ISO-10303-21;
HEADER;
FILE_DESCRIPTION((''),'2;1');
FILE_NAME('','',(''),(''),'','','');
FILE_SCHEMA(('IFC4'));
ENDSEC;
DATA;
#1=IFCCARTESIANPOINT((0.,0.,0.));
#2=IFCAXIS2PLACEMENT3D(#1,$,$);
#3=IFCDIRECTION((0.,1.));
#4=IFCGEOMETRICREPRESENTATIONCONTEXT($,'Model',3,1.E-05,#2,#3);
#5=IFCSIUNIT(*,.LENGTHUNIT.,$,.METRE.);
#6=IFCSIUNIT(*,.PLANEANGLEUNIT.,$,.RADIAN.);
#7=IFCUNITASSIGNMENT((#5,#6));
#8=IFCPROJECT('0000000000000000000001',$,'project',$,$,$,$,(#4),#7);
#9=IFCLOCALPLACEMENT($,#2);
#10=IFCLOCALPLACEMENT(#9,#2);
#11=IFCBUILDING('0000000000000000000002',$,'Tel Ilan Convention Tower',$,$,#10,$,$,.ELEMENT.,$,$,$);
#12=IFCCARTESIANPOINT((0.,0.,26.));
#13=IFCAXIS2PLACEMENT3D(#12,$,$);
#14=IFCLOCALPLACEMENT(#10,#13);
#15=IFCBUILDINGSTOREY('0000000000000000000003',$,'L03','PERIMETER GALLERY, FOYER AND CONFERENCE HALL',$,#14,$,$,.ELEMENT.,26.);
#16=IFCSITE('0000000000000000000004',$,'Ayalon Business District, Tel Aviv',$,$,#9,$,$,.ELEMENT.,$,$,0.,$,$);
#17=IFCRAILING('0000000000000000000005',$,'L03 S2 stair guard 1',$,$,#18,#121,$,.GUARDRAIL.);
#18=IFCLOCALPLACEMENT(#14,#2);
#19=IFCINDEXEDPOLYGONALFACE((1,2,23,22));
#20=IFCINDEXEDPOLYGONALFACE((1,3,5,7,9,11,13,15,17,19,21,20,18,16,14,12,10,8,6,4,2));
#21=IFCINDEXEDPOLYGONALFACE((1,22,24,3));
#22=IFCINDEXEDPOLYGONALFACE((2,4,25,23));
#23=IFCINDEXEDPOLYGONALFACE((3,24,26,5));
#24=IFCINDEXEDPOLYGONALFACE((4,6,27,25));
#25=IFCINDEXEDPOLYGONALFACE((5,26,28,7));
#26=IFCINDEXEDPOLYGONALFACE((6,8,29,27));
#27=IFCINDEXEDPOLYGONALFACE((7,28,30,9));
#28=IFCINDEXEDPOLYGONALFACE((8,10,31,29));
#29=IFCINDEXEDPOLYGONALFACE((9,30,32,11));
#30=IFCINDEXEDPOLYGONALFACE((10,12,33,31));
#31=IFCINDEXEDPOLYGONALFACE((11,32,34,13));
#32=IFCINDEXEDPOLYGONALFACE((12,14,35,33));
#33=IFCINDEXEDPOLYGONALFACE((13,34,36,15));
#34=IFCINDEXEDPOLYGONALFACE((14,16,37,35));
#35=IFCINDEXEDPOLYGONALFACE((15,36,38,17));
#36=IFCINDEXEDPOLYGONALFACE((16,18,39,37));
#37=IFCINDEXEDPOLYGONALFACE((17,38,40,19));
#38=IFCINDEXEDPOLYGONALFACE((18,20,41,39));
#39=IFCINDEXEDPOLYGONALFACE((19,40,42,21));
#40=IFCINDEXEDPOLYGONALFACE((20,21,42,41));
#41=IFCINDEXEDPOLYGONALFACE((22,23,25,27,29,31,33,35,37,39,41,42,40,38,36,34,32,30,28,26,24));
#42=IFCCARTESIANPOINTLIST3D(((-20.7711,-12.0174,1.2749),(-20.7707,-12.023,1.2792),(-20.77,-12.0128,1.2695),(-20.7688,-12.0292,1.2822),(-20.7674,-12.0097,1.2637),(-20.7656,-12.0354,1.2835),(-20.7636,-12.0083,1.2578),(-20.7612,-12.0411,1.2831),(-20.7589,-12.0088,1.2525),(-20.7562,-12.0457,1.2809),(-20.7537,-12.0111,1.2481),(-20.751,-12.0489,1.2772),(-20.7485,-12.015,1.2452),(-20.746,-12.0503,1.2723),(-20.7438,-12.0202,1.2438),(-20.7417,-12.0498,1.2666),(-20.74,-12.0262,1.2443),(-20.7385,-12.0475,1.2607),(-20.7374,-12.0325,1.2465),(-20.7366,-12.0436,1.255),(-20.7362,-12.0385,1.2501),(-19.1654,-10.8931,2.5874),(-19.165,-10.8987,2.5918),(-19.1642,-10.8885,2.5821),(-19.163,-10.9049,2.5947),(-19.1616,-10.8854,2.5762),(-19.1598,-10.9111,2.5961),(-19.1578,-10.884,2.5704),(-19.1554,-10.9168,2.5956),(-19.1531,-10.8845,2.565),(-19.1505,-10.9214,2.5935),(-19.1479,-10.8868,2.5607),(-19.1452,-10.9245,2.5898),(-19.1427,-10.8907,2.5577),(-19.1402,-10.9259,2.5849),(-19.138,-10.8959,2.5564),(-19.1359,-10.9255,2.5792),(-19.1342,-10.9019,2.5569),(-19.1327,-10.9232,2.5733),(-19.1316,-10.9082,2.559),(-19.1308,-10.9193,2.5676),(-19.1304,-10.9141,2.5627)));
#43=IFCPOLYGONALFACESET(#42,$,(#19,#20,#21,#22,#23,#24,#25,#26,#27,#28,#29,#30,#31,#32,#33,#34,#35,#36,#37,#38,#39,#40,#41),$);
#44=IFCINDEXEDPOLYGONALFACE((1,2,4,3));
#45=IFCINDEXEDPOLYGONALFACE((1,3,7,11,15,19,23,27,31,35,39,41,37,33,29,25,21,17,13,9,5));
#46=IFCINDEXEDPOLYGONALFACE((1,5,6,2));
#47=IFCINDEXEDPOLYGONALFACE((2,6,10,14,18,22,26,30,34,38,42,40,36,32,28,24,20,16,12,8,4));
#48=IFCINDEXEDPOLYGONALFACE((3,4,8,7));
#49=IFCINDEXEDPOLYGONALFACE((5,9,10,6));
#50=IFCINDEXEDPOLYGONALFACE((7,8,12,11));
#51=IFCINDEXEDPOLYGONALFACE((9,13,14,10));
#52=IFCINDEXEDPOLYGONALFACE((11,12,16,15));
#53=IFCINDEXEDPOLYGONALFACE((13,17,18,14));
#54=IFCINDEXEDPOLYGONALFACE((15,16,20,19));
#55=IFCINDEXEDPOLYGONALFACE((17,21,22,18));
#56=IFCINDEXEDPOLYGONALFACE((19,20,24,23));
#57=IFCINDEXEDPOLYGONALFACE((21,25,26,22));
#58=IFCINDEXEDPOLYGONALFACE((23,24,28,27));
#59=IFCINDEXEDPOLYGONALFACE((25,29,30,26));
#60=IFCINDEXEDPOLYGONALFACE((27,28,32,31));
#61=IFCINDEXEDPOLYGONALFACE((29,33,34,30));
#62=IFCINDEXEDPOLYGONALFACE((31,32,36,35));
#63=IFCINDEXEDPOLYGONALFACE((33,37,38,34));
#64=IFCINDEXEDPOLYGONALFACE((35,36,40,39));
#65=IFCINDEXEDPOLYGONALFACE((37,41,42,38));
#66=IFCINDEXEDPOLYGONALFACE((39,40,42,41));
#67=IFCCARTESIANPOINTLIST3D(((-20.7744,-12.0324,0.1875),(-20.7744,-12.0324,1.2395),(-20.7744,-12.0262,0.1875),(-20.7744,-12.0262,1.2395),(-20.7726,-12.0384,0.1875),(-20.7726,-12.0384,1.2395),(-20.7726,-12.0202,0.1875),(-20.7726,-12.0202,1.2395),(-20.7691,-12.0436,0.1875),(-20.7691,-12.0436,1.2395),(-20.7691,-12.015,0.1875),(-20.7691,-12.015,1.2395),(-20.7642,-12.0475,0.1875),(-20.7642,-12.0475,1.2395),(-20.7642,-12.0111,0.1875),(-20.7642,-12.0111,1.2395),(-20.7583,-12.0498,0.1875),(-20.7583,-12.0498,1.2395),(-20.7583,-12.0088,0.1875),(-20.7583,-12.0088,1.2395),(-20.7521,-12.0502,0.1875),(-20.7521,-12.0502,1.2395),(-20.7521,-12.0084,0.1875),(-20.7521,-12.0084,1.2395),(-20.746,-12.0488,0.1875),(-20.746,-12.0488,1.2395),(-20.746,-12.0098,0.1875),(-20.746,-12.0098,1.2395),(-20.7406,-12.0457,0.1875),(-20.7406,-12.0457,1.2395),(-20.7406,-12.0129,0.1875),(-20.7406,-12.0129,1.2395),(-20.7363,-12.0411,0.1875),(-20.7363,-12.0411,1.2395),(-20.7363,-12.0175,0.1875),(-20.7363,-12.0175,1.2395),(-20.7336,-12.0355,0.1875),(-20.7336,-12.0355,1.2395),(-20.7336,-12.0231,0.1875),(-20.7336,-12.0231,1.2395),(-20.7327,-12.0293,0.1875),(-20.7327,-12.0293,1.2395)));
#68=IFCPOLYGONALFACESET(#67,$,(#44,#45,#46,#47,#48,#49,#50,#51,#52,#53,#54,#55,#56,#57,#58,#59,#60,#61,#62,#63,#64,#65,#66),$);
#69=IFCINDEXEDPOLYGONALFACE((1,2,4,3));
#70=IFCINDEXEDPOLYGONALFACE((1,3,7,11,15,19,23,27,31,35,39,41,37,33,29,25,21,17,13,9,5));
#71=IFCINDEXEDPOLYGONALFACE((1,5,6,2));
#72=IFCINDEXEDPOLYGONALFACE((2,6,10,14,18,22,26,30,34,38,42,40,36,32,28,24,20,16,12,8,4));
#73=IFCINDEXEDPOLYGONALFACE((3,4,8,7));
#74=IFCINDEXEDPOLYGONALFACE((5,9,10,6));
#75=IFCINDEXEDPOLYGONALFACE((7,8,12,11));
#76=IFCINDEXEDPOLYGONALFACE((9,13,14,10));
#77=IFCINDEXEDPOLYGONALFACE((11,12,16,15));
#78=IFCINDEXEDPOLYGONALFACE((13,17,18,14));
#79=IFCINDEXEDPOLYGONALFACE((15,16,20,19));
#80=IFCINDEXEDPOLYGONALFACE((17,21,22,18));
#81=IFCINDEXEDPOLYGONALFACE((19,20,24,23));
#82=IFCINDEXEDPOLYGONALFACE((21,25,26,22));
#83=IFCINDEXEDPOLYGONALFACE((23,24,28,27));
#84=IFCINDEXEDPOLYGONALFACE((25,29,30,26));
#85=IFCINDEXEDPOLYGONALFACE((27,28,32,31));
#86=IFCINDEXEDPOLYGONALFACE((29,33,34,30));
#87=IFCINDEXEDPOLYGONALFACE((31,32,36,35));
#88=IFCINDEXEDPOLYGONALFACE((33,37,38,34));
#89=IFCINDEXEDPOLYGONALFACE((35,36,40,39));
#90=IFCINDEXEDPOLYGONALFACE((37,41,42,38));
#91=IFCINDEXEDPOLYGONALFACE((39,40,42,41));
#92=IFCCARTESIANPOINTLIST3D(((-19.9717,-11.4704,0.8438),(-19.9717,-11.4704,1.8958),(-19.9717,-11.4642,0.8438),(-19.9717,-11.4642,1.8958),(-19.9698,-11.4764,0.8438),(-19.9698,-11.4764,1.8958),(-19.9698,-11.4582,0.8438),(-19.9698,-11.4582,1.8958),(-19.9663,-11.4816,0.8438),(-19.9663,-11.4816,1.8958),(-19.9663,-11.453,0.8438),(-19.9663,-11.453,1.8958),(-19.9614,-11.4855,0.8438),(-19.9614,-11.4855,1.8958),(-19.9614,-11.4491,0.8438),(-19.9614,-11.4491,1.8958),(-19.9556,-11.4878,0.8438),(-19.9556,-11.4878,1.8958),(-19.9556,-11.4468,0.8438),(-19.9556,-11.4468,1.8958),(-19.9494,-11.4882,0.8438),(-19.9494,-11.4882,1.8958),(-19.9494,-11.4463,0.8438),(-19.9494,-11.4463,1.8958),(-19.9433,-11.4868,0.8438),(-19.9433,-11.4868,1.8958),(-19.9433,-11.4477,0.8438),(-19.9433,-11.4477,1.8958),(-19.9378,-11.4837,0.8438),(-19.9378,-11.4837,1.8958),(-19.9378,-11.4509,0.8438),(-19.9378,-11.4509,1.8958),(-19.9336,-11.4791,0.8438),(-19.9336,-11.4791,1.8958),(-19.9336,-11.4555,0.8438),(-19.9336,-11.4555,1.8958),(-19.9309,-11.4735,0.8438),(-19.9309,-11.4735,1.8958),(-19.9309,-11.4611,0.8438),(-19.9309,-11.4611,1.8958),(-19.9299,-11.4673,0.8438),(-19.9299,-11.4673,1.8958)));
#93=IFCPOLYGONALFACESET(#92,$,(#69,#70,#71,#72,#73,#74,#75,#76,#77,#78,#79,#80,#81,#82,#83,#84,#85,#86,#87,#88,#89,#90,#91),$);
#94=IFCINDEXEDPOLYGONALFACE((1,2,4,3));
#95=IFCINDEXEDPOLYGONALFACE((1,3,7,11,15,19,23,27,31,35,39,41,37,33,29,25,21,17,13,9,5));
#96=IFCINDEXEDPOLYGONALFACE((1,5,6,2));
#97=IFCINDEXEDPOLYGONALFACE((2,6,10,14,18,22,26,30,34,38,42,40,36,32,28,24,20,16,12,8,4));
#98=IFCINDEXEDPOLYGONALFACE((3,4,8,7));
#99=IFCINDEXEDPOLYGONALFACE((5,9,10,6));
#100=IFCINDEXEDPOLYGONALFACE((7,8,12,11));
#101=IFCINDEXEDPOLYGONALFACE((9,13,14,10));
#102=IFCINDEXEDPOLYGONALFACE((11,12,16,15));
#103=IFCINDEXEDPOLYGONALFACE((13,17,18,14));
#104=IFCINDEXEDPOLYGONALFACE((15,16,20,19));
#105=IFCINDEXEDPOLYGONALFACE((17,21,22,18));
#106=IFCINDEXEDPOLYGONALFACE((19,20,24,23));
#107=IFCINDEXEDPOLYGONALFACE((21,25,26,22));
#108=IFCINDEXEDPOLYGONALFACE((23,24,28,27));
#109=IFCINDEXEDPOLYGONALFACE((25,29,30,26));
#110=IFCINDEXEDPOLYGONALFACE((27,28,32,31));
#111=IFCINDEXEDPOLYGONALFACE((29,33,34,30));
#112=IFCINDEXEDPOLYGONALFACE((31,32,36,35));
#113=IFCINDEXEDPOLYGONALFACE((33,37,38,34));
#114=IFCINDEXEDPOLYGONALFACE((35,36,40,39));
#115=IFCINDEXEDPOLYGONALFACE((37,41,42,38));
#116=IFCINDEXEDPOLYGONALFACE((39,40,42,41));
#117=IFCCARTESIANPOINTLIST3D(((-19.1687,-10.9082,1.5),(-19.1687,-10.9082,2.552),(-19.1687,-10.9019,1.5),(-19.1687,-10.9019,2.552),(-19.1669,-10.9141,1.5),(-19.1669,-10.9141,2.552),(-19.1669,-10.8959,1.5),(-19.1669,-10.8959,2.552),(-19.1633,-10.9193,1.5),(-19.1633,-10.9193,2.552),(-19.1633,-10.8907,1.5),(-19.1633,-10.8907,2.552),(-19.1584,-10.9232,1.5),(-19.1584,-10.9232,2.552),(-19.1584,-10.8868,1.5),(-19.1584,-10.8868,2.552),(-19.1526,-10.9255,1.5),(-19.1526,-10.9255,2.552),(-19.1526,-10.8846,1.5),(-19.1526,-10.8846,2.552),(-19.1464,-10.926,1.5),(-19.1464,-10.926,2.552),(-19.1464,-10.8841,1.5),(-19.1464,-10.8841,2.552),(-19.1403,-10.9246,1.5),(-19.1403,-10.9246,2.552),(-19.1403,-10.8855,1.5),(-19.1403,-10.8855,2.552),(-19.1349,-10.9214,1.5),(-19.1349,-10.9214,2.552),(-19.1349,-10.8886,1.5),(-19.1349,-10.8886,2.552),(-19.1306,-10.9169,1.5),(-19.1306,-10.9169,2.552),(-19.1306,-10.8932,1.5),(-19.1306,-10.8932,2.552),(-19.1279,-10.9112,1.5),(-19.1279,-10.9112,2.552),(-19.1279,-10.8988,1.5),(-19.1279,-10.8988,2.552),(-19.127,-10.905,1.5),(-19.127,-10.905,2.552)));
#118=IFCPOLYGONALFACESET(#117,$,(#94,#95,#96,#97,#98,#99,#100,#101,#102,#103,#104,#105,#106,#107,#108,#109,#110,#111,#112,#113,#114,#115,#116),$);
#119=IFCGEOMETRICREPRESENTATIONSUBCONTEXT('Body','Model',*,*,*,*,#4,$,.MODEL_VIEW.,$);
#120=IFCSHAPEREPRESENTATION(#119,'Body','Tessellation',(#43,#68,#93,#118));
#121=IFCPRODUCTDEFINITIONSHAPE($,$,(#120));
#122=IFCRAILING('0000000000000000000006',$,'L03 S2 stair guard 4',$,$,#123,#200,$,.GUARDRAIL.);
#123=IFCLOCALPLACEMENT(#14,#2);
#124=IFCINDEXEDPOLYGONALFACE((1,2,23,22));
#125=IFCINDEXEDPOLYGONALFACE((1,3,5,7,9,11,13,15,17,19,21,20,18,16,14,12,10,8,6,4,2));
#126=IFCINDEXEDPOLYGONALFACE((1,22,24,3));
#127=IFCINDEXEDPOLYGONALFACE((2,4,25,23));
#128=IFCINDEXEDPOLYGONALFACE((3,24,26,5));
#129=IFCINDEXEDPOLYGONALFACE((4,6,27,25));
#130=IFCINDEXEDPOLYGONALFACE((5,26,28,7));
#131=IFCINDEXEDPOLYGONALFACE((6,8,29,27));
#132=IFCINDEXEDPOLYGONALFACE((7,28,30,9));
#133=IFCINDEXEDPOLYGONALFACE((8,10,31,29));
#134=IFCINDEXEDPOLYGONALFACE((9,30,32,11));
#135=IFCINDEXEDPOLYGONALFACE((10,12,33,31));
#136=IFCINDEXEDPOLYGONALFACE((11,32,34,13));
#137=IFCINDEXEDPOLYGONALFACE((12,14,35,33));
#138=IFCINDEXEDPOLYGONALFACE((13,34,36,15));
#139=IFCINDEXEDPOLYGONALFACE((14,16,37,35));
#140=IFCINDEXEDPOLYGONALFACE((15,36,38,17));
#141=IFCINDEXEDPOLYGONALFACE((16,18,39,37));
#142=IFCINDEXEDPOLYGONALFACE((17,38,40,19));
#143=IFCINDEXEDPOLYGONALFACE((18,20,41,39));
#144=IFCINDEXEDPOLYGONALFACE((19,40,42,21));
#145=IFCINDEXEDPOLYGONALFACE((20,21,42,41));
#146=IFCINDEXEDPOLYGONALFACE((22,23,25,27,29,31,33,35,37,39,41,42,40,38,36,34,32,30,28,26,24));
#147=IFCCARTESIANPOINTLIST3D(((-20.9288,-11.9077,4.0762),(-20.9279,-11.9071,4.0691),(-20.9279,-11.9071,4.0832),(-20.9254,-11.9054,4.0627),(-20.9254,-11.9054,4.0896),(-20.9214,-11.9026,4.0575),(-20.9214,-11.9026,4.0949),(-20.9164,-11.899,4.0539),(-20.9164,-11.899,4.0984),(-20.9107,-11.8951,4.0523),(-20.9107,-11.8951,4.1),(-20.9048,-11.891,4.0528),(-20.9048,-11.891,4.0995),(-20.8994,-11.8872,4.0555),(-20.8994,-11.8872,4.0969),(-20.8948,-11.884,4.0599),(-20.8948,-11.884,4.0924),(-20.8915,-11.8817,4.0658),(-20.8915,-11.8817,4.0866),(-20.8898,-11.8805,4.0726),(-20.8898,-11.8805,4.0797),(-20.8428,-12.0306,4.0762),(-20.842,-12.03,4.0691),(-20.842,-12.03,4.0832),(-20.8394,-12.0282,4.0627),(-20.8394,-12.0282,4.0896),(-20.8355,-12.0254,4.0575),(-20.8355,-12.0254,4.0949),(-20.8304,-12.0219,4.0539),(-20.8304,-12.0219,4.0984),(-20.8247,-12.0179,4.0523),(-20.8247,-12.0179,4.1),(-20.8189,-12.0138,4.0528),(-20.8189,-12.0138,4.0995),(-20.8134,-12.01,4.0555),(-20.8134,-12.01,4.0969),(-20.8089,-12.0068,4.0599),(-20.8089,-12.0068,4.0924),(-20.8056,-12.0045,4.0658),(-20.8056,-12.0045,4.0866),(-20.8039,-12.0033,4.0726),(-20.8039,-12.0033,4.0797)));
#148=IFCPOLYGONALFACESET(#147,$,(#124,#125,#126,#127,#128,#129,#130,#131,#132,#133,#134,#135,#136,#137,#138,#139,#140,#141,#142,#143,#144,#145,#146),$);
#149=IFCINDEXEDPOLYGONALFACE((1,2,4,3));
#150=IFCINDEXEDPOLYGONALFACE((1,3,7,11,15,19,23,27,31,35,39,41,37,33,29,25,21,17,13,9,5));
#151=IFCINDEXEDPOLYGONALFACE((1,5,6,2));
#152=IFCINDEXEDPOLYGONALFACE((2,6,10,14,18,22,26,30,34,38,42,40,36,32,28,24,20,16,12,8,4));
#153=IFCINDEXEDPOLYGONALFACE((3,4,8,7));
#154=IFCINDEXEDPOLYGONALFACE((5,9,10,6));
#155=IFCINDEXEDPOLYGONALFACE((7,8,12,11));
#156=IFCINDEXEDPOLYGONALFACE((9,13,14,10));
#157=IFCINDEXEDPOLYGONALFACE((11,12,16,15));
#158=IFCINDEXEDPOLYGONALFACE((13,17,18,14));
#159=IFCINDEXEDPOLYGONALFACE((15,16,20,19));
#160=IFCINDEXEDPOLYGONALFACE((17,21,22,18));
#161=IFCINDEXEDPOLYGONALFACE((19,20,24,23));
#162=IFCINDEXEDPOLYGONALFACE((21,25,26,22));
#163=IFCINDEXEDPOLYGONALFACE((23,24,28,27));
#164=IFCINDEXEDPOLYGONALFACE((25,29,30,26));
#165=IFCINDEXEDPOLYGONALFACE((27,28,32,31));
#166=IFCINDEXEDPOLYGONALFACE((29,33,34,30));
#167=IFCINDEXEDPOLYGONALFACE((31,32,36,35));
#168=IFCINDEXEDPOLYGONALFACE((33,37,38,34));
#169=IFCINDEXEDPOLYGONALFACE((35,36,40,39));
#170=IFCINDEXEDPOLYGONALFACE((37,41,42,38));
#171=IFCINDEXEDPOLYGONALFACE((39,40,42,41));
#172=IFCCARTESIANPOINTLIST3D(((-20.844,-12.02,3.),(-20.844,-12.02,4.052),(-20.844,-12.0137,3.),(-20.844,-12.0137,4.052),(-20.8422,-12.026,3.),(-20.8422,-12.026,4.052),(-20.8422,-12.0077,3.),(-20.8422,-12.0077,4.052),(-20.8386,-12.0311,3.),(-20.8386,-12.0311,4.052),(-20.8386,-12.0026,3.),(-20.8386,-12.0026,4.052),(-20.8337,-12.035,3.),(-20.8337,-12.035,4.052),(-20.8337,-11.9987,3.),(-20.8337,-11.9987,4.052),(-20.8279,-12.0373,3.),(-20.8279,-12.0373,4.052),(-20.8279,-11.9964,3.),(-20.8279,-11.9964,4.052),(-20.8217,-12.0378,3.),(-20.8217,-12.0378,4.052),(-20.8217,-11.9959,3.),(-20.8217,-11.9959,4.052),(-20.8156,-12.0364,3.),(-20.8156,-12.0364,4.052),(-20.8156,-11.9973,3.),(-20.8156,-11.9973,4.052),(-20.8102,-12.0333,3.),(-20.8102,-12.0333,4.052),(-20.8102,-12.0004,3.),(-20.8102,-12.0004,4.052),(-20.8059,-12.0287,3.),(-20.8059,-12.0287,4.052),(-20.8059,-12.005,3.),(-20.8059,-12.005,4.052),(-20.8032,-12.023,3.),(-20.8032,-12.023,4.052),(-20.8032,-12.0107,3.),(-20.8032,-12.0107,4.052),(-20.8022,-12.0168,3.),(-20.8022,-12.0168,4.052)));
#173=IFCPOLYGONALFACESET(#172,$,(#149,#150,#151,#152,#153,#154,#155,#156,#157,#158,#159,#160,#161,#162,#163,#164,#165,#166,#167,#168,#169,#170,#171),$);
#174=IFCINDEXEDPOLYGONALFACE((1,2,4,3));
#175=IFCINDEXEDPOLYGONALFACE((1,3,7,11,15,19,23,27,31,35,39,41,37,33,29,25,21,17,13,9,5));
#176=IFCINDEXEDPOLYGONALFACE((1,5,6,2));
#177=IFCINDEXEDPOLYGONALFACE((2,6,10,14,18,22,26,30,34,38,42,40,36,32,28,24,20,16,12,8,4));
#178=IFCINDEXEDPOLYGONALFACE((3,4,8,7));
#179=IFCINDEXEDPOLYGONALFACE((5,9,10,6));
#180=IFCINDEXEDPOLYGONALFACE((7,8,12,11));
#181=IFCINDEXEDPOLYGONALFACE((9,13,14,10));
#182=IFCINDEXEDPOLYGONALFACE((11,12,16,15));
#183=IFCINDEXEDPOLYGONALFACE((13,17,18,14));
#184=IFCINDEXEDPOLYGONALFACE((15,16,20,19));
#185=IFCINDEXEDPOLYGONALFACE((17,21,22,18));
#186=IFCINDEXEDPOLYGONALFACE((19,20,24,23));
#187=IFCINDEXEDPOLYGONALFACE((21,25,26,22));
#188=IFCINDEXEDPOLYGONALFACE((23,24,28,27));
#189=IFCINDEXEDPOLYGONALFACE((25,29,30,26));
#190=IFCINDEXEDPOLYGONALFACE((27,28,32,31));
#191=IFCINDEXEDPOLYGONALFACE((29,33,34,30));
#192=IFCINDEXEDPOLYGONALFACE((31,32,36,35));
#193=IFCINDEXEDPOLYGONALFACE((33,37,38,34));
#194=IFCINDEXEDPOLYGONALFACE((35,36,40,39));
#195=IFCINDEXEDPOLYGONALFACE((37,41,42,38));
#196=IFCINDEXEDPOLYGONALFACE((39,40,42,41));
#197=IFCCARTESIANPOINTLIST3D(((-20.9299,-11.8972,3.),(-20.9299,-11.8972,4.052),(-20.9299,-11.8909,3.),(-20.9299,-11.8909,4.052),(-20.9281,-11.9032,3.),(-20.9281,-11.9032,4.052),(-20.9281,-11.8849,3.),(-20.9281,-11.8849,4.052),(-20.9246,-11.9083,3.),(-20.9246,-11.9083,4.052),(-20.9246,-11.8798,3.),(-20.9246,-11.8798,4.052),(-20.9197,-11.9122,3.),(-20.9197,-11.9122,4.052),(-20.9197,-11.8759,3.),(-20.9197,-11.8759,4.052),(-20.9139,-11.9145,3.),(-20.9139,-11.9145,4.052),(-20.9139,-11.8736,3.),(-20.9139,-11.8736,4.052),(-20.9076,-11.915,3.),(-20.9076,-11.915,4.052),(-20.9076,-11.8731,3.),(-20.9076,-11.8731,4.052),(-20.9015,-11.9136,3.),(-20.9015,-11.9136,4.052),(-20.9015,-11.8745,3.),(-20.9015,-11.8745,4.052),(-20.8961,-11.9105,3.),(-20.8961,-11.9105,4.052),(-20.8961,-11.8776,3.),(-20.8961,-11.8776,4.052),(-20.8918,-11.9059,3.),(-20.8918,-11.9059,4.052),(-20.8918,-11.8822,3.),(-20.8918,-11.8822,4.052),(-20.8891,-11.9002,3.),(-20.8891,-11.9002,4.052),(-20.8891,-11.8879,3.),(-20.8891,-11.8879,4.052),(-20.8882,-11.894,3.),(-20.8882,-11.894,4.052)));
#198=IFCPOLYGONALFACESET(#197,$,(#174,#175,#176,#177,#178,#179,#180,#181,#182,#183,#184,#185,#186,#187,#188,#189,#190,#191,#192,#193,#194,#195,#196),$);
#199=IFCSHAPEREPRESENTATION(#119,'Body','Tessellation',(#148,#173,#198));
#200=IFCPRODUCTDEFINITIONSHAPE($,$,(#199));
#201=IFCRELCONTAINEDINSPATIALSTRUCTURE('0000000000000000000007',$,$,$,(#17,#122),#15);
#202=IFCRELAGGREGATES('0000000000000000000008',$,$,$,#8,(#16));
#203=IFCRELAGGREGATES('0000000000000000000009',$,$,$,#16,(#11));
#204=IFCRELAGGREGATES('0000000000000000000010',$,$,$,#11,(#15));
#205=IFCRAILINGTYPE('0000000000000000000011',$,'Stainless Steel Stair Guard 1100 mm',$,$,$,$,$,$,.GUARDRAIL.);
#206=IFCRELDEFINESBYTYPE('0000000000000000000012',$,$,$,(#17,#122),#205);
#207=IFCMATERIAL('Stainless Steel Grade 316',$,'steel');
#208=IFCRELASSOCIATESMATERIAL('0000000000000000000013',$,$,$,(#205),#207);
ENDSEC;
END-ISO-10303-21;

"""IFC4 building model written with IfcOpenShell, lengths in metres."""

from ifc_helpers import new_model, si_unit, direction, frame, origin, origin_2d, place, context, subcontext, project, spatial, circle, extrude, material, type_object, element, save


model = new_model("IFC4")

# Units and contexts
model_context = context("Model", 3, precision=1e-05, world=origin(), true_north=direction((0.0, 1.0)))
body_context = subcontext(model_context, "Body", "Model", "MODEL_VIEW")
ifc_project = project(units=[si_unit("LENGTHUNIT", "METRE"), si_unit("PLANEANGLEUNIT", "RADIAN")], contexts=[model_context])

# Site, building, storey
site_placement = place(None, origin())
site = spatial("IfcSite", under=ifc_project, at=site_placement, Name="Ayalon Business District, Tel Aviv", CompositionType="ELEMENT", RefElevation=0.0)
building_placement = place(site_placement, origin())
building = spatial("IfcBuilding", under=site, at=building_placement, Name="Tel Ilan Convention Tower", CompositionType="ELEMENT")
storey_placement = place(building_placement, frame((0.0, 0.0, 26.0)))
storey = spatial("IfcBuildingStorey", under=building, at=storey_placement, Name="L03", Description="PERIMETER GALLERY, FOYER AND CONFERENCE HALL", CompositionType="ELEMENT", Elevation=26.0)

# Railings
ifc_material_1 = material(Name="Stainless Steel Grade 316", Category="steel")
railing_type_1 = type_object("IfcRailingType", Name="Stainless Steel Stair Guard 1100 mm", PredefinedType="GUARDRAIL", material=ifc_material_1)
railing_1_placement = place(storey_placement, frame((-20.7537, -12.0293, 0.1875)))
element("IfcRailing", 1, at=railing_1_placement, inside=storey, type_object=railing_type_1, Name="L03 S2 stair guard 1", PredefinedType="GUARDRAIL", context=body_context, shape_type="SweptSolid", body=[
    extrude(circle(Radius=0.0239, at=origin_2d()), frame((0.0, 0.0, 1.0762), z_axis=(0.680671, 0.476584, 0.556376), x_axis=(-0.573554, 0.819168, 0.0)), (0.0, 0.0, 1.0), 2.3591),
    extrude(circle(Radius=0.021, at=origin_2d()), origin(), (0.0, 0.0, 1.0), 1.052),
    extrude(circle(Radius=0.021, at=origin_2d()), frame((0.8027, 0.562, 0.6562)), (0.0, 0.0, 1.0), 1.052),
    extrude(circle(Radius=0.021, at=origin_2d()), frame((1.6057, 1.1243, 1.3125)), (0.0, 0.0, 1.0), 1.052),
])
railing_2_placement = place(storey_placement, frame((-20.8232, -12.0168, 3.0)))
element("IfcRailing", 2, at=railing_2_placement, inside=storey, type_object=railing_type_1, Name="L03 S2 stair guard 4", PredefinedType="GUARDRAIL", context=body_context, shape_type="SweptSolid", body=[
    extrude(circle(Radius=0.0239, at=origin_2d()), frame((0.0, 0.0, 1.0762), z_axis=(-0.573353, 0.819308, 0.0), x_axis=(-0.819308, -0.573353, 0.0)), (0.0, 0.0, 1.0), 0.1499),
    extrude(circle(Radius=0.021, at=origin_2d()), origin(), (0.0, 0.0, 1.0), 1.052),
    extrude(circle(Radius=0.021, at=origin_2d()), frame((-0.0859, 0.1228, 0.0)), (0.0, 0.0, 1.0), 1.052),
])

save(model, "model.ifc")
